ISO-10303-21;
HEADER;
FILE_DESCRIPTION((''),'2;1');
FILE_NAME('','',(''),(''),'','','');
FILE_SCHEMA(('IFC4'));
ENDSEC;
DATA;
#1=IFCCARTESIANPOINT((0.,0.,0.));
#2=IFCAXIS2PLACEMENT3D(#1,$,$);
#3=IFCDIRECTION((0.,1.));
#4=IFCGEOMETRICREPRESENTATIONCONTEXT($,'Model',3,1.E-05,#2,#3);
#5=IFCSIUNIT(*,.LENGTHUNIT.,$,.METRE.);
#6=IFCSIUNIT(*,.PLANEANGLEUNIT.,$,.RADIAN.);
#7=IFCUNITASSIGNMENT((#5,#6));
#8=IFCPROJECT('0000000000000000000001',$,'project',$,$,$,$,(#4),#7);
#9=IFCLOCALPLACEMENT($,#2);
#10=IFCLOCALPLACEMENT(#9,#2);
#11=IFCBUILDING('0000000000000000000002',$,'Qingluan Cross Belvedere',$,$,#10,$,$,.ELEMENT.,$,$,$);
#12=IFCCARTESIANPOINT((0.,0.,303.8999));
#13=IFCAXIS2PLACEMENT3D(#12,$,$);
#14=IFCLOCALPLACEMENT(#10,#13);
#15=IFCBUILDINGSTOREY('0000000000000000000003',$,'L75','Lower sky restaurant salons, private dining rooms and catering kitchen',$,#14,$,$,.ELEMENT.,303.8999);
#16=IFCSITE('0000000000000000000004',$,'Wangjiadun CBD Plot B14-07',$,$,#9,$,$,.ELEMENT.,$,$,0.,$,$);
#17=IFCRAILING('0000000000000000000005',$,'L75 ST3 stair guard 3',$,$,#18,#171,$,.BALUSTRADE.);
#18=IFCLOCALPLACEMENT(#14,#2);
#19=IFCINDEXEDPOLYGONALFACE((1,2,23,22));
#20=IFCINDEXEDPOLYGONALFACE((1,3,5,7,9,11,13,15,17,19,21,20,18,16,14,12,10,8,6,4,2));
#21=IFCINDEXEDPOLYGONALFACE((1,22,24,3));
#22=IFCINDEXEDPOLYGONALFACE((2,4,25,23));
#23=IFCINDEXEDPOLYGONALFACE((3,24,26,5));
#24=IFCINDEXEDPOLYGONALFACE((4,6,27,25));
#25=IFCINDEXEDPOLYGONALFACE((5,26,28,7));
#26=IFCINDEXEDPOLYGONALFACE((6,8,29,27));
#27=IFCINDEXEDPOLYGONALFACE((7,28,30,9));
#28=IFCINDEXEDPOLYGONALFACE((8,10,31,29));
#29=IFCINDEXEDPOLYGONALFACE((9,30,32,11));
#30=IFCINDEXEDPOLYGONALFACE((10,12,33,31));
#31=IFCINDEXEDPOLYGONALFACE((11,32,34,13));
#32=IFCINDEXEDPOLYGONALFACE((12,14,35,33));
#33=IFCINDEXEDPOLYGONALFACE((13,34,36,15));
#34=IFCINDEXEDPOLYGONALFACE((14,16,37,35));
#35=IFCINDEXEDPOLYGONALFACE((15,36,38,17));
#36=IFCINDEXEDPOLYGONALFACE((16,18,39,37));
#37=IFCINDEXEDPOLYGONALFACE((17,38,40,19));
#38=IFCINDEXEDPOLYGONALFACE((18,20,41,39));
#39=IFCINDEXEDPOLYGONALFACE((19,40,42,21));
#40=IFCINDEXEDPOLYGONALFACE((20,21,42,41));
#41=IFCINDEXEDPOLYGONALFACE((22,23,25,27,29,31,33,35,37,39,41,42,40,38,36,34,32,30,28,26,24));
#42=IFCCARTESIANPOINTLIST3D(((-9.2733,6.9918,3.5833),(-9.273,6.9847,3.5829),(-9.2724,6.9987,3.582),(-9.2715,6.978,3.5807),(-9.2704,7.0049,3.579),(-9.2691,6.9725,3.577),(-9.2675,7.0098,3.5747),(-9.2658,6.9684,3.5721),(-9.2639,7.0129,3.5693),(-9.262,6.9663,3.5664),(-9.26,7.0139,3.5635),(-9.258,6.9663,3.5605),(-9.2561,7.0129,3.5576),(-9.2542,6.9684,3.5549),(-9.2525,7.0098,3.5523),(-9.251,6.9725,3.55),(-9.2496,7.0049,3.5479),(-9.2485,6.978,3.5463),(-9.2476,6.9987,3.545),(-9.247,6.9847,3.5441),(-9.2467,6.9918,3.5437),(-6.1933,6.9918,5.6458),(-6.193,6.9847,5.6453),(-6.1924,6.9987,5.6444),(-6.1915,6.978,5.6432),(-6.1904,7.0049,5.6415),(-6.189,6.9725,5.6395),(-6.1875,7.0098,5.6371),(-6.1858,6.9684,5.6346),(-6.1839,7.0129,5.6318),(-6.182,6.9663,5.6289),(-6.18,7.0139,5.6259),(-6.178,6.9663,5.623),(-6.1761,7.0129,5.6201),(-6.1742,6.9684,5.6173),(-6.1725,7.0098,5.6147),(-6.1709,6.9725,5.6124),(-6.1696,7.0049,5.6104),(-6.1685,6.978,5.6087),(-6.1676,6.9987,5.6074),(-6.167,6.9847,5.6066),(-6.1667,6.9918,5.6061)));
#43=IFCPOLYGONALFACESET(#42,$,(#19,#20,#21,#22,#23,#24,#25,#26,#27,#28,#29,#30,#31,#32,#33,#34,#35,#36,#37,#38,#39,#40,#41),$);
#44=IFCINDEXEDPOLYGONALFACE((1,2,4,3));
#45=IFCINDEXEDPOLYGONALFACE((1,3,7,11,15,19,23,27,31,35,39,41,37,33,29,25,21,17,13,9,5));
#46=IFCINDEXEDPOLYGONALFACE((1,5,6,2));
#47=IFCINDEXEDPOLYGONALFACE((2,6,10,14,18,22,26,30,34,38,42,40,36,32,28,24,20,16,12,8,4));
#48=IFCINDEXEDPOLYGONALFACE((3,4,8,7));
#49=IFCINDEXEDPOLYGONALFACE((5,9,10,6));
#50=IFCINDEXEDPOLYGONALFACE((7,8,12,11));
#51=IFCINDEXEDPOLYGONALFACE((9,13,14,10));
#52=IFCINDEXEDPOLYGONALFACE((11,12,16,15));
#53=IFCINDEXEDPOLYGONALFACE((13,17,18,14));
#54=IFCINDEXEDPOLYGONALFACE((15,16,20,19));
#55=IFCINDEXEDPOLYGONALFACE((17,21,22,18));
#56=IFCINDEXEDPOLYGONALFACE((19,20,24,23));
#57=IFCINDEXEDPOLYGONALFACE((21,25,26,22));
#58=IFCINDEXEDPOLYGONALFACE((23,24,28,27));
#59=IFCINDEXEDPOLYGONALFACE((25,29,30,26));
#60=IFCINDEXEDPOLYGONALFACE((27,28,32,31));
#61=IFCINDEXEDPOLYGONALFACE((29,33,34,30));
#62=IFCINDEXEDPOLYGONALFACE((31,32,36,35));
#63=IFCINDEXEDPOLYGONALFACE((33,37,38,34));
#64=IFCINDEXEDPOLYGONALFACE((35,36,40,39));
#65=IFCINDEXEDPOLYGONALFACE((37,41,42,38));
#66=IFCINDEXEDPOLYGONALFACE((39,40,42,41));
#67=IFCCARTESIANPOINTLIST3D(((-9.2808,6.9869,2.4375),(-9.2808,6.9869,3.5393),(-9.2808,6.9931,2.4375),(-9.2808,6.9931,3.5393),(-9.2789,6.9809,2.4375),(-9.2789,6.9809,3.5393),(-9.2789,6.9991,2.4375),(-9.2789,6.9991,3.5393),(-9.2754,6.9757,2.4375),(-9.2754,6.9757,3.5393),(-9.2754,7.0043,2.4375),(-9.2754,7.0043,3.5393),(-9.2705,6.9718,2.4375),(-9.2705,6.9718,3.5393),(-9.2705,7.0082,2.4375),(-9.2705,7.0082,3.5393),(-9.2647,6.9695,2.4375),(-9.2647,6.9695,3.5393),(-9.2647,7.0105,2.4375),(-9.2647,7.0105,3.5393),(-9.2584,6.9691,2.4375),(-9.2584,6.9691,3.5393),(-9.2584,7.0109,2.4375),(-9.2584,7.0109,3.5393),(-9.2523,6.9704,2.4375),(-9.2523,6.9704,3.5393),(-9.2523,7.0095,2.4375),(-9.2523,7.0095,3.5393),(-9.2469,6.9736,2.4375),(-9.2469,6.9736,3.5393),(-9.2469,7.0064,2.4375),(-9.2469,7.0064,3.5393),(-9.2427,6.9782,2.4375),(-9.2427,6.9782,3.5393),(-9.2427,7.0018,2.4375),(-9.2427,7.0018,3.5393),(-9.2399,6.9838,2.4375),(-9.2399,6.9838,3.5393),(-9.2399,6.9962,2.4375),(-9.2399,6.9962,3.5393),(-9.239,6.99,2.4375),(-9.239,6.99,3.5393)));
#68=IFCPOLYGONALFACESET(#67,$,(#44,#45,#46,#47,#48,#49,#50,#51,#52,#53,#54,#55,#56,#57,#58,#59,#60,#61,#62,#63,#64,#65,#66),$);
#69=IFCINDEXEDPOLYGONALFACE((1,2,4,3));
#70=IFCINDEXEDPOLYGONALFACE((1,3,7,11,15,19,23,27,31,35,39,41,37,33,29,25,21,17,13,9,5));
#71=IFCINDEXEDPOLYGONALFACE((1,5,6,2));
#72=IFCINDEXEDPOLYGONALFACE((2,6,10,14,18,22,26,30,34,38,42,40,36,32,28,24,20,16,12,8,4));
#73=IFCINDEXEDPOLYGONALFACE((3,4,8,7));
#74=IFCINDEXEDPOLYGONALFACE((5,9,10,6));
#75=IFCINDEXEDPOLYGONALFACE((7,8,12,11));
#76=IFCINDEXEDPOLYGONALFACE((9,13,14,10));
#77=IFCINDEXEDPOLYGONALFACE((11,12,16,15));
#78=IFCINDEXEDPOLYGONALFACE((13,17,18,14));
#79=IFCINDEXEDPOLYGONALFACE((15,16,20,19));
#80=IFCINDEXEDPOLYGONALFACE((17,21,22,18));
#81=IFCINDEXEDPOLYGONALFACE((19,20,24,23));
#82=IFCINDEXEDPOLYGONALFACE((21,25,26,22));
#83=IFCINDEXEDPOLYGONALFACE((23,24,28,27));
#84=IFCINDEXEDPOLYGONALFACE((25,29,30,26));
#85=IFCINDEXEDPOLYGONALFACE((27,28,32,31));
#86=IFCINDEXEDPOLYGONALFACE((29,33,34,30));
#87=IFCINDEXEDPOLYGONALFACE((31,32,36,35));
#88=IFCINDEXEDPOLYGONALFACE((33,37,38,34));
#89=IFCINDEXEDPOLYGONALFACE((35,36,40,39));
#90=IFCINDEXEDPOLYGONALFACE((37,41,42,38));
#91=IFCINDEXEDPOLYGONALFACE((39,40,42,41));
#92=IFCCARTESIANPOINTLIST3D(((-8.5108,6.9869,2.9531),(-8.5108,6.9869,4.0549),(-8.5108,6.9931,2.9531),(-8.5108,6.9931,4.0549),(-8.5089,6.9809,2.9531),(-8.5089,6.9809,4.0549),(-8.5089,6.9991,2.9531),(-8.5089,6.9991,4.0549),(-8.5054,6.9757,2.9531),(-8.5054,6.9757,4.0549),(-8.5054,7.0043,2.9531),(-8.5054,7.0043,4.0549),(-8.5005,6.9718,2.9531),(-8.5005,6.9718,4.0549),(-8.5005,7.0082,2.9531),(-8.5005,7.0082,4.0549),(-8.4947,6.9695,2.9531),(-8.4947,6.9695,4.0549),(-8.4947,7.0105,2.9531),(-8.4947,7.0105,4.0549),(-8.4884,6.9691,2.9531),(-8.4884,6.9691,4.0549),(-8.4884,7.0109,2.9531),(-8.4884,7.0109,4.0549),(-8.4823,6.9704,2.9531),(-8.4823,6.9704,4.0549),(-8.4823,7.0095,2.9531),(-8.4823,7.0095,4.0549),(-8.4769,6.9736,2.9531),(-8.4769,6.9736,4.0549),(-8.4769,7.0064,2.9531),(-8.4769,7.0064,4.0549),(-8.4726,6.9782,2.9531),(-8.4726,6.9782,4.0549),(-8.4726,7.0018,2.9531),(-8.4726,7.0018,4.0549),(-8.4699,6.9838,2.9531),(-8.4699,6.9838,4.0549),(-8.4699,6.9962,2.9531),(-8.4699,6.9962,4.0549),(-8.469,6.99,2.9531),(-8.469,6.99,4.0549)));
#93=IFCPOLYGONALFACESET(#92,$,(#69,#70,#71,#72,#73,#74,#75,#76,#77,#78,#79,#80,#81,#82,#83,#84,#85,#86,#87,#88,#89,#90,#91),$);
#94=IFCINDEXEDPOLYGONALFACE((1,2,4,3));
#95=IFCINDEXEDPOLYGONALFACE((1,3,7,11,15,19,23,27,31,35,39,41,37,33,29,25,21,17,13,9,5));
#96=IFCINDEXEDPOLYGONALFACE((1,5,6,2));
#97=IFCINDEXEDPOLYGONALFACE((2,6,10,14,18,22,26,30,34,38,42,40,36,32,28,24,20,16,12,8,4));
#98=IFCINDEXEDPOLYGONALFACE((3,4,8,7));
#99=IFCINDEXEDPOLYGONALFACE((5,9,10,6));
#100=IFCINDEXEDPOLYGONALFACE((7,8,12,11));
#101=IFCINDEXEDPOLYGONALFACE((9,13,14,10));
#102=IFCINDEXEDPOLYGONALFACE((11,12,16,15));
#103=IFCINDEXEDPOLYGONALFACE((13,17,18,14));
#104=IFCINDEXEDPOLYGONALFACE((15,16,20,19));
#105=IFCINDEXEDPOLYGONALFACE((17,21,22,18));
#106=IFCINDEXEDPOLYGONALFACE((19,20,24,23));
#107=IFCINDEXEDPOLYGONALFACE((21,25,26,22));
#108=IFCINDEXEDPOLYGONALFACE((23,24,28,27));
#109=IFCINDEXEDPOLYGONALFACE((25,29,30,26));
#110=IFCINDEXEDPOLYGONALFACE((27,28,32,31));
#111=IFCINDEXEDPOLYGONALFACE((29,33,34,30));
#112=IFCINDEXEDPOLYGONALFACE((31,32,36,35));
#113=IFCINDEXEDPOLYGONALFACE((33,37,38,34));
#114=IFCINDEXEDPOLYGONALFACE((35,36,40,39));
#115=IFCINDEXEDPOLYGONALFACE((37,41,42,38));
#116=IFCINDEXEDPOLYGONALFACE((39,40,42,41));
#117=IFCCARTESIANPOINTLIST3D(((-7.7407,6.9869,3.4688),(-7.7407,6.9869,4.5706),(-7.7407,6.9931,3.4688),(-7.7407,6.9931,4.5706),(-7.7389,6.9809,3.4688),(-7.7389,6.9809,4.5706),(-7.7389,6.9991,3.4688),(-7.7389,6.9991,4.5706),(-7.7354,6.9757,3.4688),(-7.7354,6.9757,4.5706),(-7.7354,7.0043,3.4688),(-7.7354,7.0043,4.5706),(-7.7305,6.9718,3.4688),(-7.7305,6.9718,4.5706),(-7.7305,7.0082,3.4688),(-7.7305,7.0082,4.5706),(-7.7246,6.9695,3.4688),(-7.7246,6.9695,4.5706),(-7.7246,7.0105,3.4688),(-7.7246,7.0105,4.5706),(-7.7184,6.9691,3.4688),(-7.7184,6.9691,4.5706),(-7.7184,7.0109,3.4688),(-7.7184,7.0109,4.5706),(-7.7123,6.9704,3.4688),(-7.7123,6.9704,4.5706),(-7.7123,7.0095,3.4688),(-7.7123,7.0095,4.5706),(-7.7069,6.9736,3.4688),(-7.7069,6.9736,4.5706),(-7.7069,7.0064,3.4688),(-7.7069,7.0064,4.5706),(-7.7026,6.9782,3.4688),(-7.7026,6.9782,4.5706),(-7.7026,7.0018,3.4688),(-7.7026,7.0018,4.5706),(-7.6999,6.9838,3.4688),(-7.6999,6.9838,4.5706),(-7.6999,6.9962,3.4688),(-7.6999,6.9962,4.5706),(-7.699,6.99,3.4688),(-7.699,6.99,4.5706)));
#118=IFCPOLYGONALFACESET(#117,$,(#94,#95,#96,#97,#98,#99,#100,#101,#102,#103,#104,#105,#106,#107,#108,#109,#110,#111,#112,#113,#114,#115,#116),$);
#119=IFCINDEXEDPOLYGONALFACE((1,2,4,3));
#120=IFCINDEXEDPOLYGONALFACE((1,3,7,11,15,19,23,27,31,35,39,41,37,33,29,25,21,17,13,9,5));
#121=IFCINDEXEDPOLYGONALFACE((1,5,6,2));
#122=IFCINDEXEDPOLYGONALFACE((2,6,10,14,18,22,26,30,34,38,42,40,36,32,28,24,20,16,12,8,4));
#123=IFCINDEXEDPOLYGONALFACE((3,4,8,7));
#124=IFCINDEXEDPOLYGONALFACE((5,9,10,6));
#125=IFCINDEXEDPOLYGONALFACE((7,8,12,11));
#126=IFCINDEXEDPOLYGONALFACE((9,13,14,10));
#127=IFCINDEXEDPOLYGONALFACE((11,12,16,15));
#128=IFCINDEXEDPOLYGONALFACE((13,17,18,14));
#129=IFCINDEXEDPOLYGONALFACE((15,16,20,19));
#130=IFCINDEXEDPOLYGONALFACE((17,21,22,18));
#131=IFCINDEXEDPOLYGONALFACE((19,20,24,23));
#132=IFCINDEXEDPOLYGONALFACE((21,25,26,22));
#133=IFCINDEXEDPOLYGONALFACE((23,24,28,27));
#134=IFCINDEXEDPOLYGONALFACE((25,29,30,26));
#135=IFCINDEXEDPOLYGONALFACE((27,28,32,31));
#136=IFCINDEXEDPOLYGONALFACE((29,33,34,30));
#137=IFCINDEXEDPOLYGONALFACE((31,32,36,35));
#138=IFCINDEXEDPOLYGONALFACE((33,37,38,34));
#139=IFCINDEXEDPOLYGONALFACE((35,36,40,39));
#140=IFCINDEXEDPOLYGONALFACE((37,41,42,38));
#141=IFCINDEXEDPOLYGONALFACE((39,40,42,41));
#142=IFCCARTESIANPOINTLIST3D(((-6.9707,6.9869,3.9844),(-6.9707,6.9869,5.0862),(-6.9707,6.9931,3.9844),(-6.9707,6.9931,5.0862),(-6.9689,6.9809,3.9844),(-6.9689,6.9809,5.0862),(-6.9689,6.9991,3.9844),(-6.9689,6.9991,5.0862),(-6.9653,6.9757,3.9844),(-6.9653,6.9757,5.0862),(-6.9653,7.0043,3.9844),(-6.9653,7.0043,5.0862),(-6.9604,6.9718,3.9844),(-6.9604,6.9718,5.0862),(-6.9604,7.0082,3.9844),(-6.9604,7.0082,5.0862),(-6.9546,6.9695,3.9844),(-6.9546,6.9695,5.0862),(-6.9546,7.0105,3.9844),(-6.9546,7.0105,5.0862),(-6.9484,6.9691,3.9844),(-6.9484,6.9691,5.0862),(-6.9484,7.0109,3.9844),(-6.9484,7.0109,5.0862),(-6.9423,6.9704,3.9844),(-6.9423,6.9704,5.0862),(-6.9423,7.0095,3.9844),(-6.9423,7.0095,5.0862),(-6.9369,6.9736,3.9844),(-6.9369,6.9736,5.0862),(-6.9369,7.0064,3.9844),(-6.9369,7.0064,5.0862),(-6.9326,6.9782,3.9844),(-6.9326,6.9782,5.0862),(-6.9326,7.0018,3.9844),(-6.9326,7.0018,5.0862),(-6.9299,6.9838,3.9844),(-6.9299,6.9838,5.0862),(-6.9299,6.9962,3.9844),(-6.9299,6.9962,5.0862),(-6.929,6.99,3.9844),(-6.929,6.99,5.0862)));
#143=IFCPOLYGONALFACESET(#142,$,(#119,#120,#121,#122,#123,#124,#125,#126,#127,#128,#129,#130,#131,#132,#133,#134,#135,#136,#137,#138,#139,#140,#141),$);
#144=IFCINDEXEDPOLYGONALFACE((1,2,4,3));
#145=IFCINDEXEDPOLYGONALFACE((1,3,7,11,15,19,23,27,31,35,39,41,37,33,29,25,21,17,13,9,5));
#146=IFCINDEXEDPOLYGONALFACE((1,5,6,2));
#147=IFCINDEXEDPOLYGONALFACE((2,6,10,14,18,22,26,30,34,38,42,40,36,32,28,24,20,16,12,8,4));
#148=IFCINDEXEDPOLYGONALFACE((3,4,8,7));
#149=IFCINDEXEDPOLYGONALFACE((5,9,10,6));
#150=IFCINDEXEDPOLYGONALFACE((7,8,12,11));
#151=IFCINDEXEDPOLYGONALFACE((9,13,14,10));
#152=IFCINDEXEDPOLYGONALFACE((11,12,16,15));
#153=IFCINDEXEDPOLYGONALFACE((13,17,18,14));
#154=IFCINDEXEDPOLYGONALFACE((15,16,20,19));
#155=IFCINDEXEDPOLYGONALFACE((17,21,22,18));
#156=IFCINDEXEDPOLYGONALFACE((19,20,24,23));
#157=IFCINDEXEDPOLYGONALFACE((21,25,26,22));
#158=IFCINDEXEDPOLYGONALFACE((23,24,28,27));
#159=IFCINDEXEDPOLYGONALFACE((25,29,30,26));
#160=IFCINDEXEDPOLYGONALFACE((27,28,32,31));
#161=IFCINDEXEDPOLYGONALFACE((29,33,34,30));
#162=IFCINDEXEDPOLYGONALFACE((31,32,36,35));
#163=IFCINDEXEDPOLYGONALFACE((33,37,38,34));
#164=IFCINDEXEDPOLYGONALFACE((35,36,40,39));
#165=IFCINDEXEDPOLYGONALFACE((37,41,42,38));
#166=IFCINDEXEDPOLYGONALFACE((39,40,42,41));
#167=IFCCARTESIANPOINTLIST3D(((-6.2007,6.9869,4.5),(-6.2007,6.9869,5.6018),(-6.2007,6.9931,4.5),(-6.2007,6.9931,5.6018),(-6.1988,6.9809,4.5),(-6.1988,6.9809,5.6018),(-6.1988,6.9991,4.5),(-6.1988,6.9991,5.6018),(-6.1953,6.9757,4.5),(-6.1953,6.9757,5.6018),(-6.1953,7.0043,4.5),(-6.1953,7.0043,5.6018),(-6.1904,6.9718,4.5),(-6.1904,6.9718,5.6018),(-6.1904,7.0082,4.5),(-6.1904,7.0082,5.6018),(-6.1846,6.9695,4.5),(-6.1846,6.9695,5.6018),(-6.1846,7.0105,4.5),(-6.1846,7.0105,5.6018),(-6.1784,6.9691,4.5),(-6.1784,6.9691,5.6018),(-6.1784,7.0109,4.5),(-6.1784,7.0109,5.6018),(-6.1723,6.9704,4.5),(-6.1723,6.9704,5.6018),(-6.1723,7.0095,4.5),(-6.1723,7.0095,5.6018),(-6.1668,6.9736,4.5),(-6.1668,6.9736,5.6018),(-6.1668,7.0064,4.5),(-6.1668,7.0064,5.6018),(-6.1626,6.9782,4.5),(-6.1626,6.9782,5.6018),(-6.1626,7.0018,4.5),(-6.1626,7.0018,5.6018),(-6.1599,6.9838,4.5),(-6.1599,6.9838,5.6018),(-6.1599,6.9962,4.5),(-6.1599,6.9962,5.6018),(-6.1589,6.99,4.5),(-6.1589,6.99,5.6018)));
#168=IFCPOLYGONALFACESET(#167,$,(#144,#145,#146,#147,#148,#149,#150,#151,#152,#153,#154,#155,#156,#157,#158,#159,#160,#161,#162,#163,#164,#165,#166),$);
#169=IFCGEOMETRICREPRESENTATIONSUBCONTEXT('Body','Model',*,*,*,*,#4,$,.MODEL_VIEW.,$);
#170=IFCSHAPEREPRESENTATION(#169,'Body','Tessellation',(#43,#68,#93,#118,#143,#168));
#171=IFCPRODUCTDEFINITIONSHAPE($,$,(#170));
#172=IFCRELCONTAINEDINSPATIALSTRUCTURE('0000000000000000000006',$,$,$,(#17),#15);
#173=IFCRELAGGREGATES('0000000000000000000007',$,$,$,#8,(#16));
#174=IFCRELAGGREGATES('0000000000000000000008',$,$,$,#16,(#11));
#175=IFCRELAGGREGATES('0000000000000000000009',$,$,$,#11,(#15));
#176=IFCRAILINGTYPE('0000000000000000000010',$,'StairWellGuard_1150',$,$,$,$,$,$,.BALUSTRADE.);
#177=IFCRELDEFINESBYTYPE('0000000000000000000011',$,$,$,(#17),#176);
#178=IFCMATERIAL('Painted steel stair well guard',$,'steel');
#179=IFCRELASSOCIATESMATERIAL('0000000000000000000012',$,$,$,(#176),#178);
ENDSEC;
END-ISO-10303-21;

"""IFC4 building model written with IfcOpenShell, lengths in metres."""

from ifc_helpers import new_model, si_unit, direction, frame, origin, origin_2d, place, context, subcontext, project, spatial, circle, extrude, material, type_object, element, save


model = new_model("IFC4")

# Units and contexts
model_context = context("Model", 3, precision=1e-05, world=origin(), true_north=direction((0.0, 1.0)))
body_context = subcontext(model_context, "Body", "Model", "MODEL_VIEW")
ifc_project = project(units=[si_unit("LENGTHUNIT", "METRE"), si_unit("PLANEANGLEUNIT", "RADIAN")], contexts=[model_context])

# Site, building, storey
site_placement = place(None, origin())
site = spatial("IfcSite", under=ifc_project, at=site_placement, Name="Wangjiadun CBD Plot B14-07", CompositionType="ELEMENT", RefElevation=0.0)
building_placement = place(site_placement, origin())
building = spatial("IfcBuilding", under=site, at=building_placement, Name="Qingluan Cross Belvedere", CompositionType="ELEMENT")
storey_placement = place(building_placement, frame((0.0, 0.0, 303.8999)))
storey = spatial("IfcBuildingStorey", under=building, at=storey_placement, Name="L75", Description="Lower sky restaurant salons, private dining rooms and catering kitchen", CompositionType="ELEMENT", Elevation=303.8999)

# Railing
ifc_material_1 = material(Name="Painted steel stair well guard", Category="steel")
railing_type_1 = type_object("IfcRailingType", Name="StairWellGuard_1150", PredefinedType="BALUSTRADE", material=ifc_material_1)
railing_1_placement = place(storey_placement, frame((-9.26, 6.99, 2.4375)))
element("IfcRailing", 1, at=railing_1_placement, inside=storey, type_object=railing_type_1, Name="L75 ST3 stair guard 3", PredefinedType="BALUSTRADE", context=body_context, shape_type="SweptSolid", body=[
    extrude(circle(Radius=0.0239, at=origin_2d()), frame((0.0, 0.0, 1.126), z_axis=(0.830914, 0.0, 0.556401), x_axis=(0.0, 1.0, 0.0)), (0.0, 0.0, 1.0), 3.7068),
    extrude(circle(Radius=0.021, at=origin_2d()), origin(), (0.0, 0.0, 1.0), 1.1018),
    extrude(circle(Radius=0.021, at=origin_2d()), frame((0.77, 0.0, 0.5156)), (0.0, 0.0, 1.0), 1.1018),
    extrude(circle(Radius=0.021, at=origin_2d()), frame((1.54, 0.0, 1.0312)), (0.0, 0.0, 1.0), 1.1018),
    extrude(circle(Radius=0.021, at=origin_2d()), frame((2.3101, 0.0, 1.5469)), (0.0, 0.0, 1.0), 1.1018),
    extrude(circle(Radius=0.021, at=origin_2d()), frame((3.0801, 0.0, 2.0625)), (0.0, 0.0, 1.0), 1.1018),
])

save(model, "model.ifc")
